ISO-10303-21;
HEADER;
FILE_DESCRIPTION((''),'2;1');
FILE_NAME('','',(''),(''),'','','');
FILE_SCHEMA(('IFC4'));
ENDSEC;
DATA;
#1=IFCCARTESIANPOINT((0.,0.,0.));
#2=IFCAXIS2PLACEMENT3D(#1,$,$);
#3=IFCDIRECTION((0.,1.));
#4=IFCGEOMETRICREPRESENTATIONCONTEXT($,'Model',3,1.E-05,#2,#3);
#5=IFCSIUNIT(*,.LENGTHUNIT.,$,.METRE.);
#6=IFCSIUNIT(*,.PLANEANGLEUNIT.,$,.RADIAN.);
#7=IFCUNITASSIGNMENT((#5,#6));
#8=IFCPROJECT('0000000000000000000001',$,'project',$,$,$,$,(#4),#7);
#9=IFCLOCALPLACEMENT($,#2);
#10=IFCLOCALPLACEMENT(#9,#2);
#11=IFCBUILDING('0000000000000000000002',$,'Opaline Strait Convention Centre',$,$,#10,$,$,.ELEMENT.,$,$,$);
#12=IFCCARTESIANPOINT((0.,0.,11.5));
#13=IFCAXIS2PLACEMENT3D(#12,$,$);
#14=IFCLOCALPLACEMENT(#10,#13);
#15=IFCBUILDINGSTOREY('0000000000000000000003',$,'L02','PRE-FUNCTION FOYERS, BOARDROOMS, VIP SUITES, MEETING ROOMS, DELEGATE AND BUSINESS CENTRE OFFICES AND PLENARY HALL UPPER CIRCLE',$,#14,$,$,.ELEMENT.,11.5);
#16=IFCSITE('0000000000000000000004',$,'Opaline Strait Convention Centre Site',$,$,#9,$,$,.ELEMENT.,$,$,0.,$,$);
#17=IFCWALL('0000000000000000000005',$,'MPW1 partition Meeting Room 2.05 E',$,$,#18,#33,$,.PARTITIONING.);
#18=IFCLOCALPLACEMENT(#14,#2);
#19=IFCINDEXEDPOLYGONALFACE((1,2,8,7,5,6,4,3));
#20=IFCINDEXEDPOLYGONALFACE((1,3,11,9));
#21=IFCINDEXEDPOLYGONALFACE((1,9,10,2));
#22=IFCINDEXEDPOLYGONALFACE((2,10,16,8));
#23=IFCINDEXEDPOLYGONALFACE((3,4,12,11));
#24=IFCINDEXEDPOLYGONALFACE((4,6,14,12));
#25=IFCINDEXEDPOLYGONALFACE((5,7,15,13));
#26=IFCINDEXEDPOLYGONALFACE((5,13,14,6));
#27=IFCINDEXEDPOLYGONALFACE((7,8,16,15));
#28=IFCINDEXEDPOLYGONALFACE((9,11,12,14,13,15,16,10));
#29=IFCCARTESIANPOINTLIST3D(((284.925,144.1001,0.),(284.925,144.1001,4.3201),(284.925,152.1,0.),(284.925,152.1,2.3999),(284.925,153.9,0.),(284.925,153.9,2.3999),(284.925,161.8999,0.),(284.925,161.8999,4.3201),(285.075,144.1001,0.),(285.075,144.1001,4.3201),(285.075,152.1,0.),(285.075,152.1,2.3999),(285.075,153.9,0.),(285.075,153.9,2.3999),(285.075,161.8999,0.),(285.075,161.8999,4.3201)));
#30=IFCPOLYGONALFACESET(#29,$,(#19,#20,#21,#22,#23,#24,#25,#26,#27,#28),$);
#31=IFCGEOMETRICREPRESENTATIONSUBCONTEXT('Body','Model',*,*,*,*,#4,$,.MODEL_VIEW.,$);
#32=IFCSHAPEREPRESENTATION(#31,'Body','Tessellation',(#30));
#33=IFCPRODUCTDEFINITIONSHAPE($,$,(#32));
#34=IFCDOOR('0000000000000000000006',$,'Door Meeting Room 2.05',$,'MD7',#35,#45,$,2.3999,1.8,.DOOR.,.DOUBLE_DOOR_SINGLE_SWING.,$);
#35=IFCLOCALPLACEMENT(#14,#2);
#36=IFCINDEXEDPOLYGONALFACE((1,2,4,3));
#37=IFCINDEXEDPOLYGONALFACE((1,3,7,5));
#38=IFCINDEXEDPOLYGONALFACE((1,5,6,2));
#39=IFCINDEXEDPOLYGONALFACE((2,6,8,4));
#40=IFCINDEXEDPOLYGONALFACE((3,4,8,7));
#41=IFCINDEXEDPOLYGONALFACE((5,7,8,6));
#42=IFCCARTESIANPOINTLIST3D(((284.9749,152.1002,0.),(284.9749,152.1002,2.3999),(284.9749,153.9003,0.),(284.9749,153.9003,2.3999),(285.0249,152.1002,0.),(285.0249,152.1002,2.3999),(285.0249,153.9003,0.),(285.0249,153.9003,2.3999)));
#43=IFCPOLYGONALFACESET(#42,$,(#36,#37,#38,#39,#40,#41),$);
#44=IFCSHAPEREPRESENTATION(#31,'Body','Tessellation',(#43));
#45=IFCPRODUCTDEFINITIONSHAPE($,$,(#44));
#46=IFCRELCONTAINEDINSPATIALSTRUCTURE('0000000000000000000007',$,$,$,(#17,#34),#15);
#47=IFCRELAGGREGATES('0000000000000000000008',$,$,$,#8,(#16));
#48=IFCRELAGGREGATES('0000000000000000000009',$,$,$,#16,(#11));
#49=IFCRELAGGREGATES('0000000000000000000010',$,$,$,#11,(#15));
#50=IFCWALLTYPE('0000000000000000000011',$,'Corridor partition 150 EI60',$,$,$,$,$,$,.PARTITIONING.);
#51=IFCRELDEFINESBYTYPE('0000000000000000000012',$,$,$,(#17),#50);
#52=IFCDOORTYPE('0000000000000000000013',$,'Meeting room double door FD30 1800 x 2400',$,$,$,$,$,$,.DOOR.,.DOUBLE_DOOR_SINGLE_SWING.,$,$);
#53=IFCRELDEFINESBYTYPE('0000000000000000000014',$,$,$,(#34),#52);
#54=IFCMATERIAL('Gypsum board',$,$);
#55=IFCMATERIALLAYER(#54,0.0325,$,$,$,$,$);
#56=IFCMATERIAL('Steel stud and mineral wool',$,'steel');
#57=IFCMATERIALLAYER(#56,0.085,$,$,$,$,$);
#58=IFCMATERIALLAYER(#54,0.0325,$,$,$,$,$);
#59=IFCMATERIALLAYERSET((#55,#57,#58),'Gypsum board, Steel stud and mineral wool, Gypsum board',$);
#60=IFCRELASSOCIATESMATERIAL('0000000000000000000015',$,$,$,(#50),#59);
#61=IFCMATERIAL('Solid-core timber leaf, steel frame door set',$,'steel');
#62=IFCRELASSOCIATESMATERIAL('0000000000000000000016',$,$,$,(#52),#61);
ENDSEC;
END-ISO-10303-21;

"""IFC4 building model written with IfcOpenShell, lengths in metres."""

from ifc_helpers import new_model, si_unit, direction, frame, frame_2d, origin, place, context, subcontext, project, spatial, rectangle, extrude, material, layer, layer_set, type_object, element, fill, save


model = new_model("IFC4")

# Units and contexts
model_context = context("Model", 3, precision=1e-05, world=origin(), true_north=direction((0.0, 1.0)))
body_context = subcontext(model_context, "Body", "Model", "MODEL_VIEW")
ifc_project = project(units=[si_unit("LENGTHUNIT", "METRE"), si_unit("PLANEANGLEUNIT", "RADIAN")], contexts=[model_context])

# Site, building, storey
site_placement = place(None, origin())
site = spatial("IfcSite", under=ifc_project, at=site_placement, Name="Opaline Strait Convention Centre Site", CompositionType="ELEMENT", RefElevation=0.0)
building_placement = place(site_placement, origin())
building = spatial("IfcBuilding", under=site, at=building_placement, Name="Opaline Strait Convention Centre", CompositionType="ELEMENT")
storey_placement = place(building_placement, frame((0.0, 0.0, 11.5)))
storey = spatial("IfcBuildingStorey", under=building, at=storey_placement, Name="L02", Description="PRE-FUNCTION FOYERS, BOARDROOMS, VIP SUITES, MEETING ROOMS, DELEGATE AND BUSINESS CENTRE OFFICES AND PLENARY HALL UPPER CIRCLE", CompositionType="ELEMENT", Elevation=11.5)

# Shared definitions
ifc_material_1 = material(Name="Gypsum board")
ifc_material_2 = material(Name="Steel stud and mineral wool", Category="steel")

# Wall, opening, door
ifc_layer_1 = layer(ifc_material_1, 0.0325)
ifc_layer_2 = layer(ifc_material_2, 0.085)
ifc_layer_3 = layer(ifc_material_1, 0.0325)
ifc_layer_set_1 = layer_set([ifc_layer_1, ifc_layer_2, ifc_layer_3], Name="Gypsum board, Steel stud and mineral wool, Gypsum board")
wall_type_1 = type_object("IfcWallType", Name="Corridor partition 150 EI60", PredefinedType="PARTITIONING", material=ifc_layer_set_1)
ifc_material_3 = material(Name="Solid-core timber leaf, steel frame door set", Category="steel")
wall_1_placement = place(storey_placement, frame((285.0, 144.1001, 0.0), z_axis=(0.0, 0.0, 1.0), x_axis=(0.0, 1.0, 0.0)))
wall_1 = element("IfcWall", 1, at=wall_1_placement, inside=storey, type_object=wall_type_1, Name="MPW1 partition Meeting Room 2.05 E", PredefinedType="PARTITIONING", context=body_context, shape_type="SweptSolid", body=[
    extrude(rectangle(XDim=17.7998, YDim=0.1499, at=frame_2d((8.8999, 0.0))), origin(), (0.0, 0.0, 1.0), 4.3201),
])
opening_1_placement = place(wall_1_placement, frame((8.0, 0.0, 0.0)))
opening_1 = element("IfcOpeningElement", 2, at=opening_1_placement, cuts=wall_1, PredefinedType="OPENING", context=body_context, shape_type="SweptSolid", body=[
    extrude(rectangle(XDim=1.8, YDim=2.3999, at=frame_2d((0.8999, 1.2))), frame((0.0, 0.085, 0.0), z_axis=(0.0, -1.0, 0.0), x_axis=(1.0, 0.0, 0.0)), (0.0, 0.0, 1.0), 0.1699),
])
door_type_1 = type_object("IfcDoorType", Name="Meeting room double door FD30 1800 x 2400", OperationType="DOUBLE_DOOR_SINGLE_SWING", PredefinedType="DOOR", material=ifc_material_3)
door_1_placement = place(opening_1_placement, frame((1.8, 0.0, 0.0), z_axis=(0.0, 0.0, 1.0), x_axis=(-1.0, 0.0, 0.0)))
door_1 = element("IfcDoor", 3, at=door_1_placement, inside=storey, type_object=door_type_1, Name="Door Meeting Room 2.05", ObjectType="MD7", OperationType="DOUBLE_DOOR_SINGLE_SWING", OverallHeight=2.3999, OverallWidth=1.8, PredefinedType="DOOR", context=body_context, shape_type="SweptSolid", body=[
    extrude(rectangle(XDim=1.8, YDim=2.3999, at=frame_2d((0.8999, 1.2))), frame((0.0, 0.0249, 0.0), z_axis=(0.0, -1.0, 0.0), x_axis=(1.0, 0.0, 0.0)), (0.0, 0.0, 1.0), 0.05),
])
fill(opening_1, door_1)

save(model, "model.ifc")
